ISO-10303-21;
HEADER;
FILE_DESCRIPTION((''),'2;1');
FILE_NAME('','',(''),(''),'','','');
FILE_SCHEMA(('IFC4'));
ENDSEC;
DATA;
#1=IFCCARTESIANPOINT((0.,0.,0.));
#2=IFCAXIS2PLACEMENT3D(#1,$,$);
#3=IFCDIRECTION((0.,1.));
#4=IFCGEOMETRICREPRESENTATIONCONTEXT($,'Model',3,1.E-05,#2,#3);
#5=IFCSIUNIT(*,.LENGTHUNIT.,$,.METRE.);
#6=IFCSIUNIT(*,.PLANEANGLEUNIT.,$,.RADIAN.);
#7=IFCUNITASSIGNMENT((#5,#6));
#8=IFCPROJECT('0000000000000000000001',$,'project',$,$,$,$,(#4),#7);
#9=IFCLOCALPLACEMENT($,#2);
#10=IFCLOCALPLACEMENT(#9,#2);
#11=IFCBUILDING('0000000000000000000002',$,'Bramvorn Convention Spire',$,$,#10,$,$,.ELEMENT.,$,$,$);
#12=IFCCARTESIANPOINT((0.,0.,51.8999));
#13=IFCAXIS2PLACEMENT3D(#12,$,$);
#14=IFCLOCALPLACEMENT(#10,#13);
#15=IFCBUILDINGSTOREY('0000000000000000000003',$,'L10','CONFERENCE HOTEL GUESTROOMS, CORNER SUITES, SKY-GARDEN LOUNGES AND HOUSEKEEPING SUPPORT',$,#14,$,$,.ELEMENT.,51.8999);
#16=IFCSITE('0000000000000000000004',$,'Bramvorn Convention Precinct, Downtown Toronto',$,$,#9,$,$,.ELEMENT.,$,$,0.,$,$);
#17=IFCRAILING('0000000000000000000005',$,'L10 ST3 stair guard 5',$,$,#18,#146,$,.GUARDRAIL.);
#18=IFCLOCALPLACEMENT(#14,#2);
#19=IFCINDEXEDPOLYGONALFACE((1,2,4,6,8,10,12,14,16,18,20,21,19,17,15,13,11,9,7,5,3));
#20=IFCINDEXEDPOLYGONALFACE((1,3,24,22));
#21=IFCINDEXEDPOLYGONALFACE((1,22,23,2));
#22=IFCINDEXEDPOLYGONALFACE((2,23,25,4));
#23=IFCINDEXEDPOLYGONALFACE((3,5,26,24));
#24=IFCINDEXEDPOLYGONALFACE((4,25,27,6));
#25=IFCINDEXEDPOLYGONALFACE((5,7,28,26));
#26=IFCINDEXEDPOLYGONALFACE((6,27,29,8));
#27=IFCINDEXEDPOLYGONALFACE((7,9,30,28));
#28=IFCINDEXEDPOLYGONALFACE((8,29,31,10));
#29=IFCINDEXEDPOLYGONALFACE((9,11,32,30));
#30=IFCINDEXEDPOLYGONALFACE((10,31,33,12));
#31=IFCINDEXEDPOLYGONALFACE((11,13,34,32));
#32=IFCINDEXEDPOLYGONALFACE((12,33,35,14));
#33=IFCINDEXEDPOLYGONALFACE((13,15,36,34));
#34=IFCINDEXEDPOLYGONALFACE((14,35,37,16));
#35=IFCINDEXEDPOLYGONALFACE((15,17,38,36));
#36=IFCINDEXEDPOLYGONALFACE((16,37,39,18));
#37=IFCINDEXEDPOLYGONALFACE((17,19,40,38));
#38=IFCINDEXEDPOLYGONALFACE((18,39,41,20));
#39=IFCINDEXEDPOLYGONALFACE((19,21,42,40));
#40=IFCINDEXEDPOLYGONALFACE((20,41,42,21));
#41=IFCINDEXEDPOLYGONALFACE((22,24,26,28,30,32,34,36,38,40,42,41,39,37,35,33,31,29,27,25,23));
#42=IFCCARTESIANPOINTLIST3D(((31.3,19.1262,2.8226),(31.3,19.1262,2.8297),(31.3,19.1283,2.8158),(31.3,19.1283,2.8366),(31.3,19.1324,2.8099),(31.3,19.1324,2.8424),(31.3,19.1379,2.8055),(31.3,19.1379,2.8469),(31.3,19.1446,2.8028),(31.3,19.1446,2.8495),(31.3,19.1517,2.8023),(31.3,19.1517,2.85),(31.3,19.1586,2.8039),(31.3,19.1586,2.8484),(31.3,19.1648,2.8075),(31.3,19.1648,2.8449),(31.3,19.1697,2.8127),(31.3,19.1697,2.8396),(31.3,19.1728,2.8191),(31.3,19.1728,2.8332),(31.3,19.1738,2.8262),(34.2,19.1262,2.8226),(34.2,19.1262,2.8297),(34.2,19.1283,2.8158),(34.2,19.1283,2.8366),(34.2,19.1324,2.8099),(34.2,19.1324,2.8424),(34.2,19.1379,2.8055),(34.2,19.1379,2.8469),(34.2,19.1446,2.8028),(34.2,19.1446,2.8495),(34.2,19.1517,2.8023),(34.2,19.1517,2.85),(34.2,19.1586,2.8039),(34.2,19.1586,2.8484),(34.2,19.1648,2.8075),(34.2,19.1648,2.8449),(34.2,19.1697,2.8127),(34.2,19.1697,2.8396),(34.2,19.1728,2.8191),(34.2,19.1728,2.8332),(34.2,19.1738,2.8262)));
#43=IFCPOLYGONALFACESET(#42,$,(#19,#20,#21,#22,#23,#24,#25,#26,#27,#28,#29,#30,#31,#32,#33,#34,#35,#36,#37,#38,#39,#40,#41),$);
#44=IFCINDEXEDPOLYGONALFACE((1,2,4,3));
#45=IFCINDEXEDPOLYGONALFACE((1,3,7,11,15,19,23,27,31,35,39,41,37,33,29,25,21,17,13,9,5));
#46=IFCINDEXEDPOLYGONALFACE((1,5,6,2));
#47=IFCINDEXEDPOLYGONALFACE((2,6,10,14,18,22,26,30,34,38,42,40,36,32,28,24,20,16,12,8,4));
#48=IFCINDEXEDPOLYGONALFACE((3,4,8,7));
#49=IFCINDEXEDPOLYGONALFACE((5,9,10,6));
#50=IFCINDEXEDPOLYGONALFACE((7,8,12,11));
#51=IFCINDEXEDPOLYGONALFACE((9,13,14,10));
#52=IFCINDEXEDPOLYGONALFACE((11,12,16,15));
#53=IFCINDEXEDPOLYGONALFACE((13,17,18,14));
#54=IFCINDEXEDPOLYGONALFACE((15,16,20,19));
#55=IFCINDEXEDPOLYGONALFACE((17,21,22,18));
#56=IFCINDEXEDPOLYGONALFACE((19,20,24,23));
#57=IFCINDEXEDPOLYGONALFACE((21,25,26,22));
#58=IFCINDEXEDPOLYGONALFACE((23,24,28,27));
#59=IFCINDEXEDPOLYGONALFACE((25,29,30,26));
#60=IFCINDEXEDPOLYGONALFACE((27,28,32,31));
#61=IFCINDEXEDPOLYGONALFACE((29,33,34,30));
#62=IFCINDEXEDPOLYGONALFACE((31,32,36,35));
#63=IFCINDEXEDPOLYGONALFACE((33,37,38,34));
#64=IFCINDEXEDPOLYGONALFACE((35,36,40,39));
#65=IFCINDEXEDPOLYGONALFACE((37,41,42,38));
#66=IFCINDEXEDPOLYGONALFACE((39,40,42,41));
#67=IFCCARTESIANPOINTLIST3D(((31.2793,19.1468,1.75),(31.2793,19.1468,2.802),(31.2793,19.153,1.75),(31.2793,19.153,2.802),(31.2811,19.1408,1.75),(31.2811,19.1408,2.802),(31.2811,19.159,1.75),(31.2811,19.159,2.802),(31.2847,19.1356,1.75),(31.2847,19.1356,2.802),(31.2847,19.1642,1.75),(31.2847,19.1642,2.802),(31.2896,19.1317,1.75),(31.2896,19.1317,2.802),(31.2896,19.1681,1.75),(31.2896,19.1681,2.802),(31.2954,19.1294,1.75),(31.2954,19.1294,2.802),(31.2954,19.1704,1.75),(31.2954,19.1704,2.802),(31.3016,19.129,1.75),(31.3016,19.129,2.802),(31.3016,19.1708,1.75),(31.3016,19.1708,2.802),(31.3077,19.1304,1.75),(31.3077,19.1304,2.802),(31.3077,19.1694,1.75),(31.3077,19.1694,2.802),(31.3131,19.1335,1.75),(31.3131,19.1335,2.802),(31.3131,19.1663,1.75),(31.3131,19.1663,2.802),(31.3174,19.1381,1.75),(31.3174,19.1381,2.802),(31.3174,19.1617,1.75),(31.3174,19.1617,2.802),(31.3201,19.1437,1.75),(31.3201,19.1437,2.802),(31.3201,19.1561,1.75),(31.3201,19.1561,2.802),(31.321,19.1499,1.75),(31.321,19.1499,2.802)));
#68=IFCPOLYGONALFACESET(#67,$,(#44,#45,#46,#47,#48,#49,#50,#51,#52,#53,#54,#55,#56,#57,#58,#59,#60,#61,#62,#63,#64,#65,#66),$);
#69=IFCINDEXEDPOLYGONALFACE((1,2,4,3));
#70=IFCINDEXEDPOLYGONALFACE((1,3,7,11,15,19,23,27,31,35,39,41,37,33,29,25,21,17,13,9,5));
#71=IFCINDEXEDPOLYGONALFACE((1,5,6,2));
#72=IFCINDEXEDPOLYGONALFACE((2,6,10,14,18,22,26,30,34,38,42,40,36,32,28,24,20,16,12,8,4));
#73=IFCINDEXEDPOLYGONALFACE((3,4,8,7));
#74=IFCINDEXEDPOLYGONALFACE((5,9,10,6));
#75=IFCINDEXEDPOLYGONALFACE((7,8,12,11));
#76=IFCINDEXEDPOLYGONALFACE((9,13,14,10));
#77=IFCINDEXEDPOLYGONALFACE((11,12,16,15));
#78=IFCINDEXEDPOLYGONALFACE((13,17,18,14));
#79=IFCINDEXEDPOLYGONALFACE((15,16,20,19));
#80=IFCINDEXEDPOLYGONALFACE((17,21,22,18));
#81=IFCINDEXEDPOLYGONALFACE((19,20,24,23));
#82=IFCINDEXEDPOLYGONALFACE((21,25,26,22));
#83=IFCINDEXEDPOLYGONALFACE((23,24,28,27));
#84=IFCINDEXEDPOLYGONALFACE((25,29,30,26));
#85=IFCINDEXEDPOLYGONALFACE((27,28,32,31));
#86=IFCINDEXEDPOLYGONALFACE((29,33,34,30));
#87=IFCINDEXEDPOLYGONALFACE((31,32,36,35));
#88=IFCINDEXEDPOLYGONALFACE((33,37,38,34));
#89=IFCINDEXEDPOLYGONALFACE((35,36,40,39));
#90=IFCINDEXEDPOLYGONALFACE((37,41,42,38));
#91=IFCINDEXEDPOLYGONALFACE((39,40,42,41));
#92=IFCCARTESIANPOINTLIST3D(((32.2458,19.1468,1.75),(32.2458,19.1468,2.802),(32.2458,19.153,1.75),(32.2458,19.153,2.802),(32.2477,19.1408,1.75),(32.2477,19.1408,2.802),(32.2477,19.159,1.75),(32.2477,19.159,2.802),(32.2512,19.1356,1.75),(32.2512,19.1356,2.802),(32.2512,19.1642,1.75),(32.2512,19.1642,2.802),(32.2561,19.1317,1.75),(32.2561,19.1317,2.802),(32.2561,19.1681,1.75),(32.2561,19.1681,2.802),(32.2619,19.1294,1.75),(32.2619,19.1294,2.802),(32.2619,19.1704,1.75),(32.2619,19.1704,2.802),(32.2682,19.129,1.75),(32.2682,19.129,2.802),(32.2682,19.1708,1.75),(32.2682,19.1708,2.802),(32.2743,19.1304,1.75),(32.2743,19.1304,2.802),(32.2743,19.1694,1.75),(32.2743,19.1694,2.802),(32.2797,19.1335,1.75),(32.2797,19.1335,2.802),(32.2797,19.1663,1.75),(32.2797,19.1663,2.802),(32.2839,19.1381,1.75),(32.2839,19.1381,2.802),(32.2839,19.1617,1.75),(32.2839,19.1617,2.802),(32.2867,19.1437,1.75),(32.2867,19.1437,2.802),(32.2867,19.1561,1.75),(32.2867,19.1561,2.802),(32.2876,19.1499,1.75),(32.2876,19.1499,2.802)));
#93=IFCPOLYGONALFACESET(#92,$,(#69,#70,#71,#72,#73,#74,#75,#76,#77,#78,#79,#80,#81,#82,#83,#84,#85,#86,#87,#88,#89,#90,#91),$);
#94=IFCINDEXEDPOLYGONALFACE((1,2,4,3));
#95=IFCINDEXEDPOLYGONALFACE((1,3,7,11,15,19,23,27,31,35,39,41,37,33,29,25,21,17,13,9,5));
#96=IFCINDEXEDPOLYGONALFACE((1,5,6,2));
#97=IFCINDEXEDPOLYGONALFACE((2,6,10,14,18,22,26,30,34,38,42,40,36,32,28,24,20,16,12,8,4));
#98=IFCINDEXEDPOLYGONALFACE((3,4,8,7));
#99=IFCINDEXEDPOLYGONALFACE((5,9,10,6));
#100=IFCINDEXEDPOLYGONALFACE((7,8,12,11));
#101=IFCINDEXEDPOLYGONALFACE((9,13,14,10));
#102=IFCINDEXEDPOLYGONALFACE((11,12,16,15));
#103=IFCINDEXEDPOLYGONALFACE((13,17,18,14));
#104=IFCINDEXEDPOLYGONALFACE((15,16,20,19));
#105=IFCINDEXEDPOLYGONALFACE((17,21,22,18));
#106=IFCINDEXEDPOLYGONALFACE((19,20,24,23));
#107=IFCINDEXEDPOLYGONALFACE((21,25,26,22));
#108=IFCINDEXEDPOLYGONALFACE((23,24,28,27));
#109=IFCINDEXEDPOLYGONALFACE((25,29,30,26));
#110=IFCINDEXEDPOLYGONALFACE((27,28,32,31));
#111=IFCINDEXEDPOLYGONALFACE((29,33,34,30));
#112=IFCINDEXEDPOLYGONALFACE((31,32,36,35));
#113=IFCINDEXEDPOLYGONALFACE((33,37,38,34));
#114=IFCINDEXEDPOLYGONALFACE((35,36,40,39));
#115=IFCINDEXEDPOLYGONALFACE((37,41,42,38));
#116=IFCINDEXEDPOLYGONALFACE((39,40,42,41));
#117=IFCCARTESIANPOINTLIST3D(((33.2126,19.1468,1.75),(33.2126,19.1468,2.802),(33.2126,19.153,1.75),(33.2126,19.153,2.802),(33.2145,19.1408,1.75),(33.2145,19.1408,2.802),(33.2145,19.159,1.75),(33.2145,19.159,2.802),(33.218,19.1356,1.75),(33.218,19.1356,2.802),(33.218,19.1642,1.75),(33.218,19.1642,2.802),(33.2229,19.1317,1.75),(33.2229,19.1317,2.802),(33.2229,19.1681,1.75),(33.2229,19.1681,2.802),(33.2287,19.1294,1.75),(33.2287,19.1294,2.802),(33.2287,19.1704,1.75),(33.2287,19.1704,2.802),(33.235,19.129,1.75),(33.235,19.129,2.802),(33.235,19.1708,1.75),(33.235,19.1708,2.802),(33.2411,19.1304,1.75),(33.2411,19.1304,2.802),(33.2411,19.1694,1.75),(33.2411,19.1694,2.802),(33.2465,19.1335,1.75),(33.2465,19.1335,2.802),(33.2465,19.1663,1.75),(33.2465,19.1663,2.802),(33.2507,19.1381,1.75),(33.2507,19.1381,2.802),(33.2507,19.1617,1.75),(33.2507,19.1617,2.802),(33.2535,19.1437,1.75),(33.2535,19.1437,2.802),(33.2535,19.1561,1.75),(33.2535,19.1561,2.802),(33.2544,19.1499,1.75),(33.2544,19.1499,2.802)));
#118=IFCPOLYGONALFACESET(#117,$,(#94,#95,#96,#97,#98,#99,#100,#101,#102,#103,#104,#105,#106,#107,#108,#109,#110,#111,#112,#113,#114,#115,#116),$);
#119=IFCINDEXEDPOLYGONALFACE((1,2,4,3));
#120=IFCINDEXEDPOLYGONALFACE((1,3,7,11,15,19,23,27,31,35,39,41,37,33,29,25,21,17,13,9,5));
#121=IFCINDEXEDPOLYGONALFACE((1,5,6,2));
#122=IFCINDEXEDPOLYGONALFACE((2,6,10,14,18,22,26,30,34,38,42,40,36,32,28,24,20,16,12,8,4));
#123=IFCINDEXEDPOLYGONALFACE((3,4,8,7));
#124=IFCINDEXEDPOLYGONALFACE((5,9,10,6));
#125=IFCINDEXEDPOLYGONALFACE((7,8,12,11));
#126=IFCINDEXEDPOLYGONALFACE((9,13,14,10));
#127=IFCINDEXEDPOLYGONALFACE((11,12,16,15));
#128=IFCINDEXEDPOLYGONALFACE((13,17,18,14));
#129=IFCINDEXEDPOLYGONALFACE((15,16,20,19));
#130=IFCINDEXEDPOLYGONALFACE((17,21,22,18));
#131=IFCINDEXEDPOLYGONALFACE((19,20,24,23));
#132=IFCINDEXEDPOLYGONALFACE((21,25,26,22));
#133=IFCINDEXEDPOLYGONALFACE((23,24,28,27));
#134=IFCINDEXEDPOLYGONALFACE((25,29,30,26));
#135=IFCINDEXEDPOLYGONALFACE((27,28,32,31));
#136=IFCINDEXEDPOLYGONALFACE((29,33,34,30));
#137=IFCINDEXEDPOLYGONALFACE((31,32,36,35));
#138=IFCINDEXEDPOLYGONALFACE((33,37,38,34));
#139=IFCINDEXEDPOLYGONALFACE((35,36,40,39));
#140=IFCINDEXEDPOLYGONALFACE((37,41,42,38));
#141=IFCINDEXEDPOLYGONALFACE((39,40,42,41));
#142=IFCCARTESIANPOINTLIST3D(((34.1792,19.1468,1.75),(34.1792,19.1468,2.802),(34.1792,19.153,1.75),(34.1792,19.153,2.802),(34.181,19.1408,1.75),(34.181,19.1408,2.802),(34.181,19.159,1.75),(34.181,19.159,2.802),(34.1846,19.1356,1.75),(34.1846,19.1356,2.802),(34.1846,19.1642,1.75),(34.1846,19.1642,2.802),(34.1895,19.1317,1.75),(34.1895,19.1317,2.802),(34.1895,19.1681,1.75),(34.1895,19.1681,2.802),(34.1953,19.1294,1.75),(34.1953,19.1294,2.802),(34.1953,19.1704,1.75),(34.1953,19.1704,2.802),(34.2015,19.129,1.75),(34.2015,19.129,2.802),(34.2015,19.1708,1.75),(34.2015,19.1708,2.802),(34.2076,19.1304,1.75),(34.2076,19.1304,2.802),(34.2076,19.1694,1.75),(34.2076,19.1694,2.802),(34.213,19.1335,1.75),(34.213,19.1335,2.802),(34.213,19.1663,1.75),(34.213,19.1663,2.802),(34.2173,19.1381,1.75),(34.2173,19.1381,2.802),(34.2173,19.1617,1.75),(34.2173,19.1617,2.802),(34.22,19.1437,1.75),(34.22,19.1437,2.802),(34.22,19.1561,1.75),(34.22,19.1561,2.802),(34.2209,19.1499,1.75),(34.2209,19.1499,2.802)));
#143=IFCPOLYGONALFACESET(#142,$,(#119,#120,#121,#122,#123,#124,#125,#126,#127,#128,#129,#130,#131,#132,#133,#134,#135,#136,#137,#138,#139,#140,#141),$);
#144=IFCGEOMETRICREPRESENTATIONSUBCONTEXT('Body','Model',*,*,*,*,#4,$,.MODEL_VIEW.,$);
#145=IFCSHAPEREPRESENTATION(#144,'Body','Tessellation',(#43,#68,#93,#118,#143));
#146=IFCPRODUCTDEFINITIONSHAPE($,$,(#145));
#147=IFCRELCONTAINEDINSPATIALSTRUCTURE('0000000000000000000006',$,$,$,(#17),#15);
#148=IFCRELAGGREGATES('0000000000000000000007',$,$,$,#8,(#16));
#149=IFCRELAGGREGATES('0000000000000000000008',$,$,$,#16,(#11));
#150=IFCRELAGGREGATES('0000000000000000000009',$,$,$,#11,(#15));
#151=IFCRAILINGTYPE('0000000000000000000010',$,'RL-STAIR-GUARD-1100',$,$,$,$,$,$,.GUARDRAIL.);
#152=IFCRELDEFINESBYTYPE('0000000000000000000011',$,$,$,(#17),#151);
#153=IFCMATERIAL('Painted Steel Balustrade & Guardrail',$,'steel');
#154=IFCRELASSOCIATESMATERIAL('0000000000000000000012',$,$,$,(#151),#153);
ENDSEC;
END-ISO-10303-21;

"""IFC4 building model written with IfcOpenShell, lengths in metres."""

from ifc_helpers import new_model, si_unit, direction, frame, origin, origin_2d, place, context, subcontext, project, spatial, circle, extrude, material, type_object, element, save


model = new_model("IFC4")

# Units and contexts
model_context = context("Model", 3, precision=1e-05, world=origin(), true_north=direction((0.0, 1.0)))
body_context = subcontext(model_context, "Body", "Model", "MODEL_VIEW")
ifc_project = project(units=[si_unit("LENGTHUNIT", "METRE"), si_unit("PLANEANGLEUNIT", "RADIAN")], contexts=[model_context])

# Site, building, storey
site_placement = place(None, origin())
site = spatial("IfcSite", under=ifc_project, at=site_placement, Name="Bramvorn Convention Precinct, Downtown Toronto", CompositionType="ELEMENT", RefElevation=0.0)
building_placement = place(site_placement, origin())
building = spatial("IfcBuilding", under=site, at=building_placement, Name="Bramvorn Convention Spire", CompositionType="ELEMENT")
storey_placement = place(building_placement, frame((0.0, 0.0, 51.8999)))
storey = spatial("IfcBuildingStorey", under=building, at=storey_placement, Name="L10", Description="CONFERENCE HOTEL GUESTROOMS, CORNER SUITES, SKY-GARDEN LOUNGES AND HOUSEKEEPING SUPPORT", CompositionType="ELEMENT", Elevation=51.8999)

# Railing
ifc_material_1 = material(Name="Painted Steel Balustrade & Guardrail", Category="steel")
railing_type = type_object("IfcRailingType", Name="RL-STAIR-GUARD-1100", PredefinedType="GUARDRAIL", material=ifc_material_1)
railing_1_placement = place(storey_placement, frame((31.3, 19.1499, 1.75)))
element("IfcRailing", 1, at=railing_1_placement, inside=storey, type_object=railing_type, Name="L10 ST3 stair guard 5", PredefinedType="GUARDRAIL", context=body_context, shape_type="SweptSolid", body=[
    extrude(circle(Radius=0.0239, at=origin_2d()), frame((0.0, 0.0, 1.0762), z_axis=(1.0, 0.0, 0.0), x_axis=(0.0, 1.0, 0.0)), (0.0, 0.0, 1.0), 2.8999),
    extrude(circle(Radius=0.021, at=origin_2d()), origin(), (0.0, 0.0, 1.0), 1.052),
    extrude(circle(Radius=0.021, at=origin_2d()), frame((0.9666, 0.0, 0.0)), (0.0, 0.0, 1.0), 1.052),
    extrude(circle(Radius=0.021, at=origin_2d()), frame((1.9333, 0.0, 0.0)), (0.0, 0.0, 1.0), 1.052),
    extrude(circle(Radius=0.021, at=origin_2d()), frame((2.8999, 0.0, 0.0)), (0.0, 0.0, 1.0), 1.052),
])

save(model, "model.ifc")
